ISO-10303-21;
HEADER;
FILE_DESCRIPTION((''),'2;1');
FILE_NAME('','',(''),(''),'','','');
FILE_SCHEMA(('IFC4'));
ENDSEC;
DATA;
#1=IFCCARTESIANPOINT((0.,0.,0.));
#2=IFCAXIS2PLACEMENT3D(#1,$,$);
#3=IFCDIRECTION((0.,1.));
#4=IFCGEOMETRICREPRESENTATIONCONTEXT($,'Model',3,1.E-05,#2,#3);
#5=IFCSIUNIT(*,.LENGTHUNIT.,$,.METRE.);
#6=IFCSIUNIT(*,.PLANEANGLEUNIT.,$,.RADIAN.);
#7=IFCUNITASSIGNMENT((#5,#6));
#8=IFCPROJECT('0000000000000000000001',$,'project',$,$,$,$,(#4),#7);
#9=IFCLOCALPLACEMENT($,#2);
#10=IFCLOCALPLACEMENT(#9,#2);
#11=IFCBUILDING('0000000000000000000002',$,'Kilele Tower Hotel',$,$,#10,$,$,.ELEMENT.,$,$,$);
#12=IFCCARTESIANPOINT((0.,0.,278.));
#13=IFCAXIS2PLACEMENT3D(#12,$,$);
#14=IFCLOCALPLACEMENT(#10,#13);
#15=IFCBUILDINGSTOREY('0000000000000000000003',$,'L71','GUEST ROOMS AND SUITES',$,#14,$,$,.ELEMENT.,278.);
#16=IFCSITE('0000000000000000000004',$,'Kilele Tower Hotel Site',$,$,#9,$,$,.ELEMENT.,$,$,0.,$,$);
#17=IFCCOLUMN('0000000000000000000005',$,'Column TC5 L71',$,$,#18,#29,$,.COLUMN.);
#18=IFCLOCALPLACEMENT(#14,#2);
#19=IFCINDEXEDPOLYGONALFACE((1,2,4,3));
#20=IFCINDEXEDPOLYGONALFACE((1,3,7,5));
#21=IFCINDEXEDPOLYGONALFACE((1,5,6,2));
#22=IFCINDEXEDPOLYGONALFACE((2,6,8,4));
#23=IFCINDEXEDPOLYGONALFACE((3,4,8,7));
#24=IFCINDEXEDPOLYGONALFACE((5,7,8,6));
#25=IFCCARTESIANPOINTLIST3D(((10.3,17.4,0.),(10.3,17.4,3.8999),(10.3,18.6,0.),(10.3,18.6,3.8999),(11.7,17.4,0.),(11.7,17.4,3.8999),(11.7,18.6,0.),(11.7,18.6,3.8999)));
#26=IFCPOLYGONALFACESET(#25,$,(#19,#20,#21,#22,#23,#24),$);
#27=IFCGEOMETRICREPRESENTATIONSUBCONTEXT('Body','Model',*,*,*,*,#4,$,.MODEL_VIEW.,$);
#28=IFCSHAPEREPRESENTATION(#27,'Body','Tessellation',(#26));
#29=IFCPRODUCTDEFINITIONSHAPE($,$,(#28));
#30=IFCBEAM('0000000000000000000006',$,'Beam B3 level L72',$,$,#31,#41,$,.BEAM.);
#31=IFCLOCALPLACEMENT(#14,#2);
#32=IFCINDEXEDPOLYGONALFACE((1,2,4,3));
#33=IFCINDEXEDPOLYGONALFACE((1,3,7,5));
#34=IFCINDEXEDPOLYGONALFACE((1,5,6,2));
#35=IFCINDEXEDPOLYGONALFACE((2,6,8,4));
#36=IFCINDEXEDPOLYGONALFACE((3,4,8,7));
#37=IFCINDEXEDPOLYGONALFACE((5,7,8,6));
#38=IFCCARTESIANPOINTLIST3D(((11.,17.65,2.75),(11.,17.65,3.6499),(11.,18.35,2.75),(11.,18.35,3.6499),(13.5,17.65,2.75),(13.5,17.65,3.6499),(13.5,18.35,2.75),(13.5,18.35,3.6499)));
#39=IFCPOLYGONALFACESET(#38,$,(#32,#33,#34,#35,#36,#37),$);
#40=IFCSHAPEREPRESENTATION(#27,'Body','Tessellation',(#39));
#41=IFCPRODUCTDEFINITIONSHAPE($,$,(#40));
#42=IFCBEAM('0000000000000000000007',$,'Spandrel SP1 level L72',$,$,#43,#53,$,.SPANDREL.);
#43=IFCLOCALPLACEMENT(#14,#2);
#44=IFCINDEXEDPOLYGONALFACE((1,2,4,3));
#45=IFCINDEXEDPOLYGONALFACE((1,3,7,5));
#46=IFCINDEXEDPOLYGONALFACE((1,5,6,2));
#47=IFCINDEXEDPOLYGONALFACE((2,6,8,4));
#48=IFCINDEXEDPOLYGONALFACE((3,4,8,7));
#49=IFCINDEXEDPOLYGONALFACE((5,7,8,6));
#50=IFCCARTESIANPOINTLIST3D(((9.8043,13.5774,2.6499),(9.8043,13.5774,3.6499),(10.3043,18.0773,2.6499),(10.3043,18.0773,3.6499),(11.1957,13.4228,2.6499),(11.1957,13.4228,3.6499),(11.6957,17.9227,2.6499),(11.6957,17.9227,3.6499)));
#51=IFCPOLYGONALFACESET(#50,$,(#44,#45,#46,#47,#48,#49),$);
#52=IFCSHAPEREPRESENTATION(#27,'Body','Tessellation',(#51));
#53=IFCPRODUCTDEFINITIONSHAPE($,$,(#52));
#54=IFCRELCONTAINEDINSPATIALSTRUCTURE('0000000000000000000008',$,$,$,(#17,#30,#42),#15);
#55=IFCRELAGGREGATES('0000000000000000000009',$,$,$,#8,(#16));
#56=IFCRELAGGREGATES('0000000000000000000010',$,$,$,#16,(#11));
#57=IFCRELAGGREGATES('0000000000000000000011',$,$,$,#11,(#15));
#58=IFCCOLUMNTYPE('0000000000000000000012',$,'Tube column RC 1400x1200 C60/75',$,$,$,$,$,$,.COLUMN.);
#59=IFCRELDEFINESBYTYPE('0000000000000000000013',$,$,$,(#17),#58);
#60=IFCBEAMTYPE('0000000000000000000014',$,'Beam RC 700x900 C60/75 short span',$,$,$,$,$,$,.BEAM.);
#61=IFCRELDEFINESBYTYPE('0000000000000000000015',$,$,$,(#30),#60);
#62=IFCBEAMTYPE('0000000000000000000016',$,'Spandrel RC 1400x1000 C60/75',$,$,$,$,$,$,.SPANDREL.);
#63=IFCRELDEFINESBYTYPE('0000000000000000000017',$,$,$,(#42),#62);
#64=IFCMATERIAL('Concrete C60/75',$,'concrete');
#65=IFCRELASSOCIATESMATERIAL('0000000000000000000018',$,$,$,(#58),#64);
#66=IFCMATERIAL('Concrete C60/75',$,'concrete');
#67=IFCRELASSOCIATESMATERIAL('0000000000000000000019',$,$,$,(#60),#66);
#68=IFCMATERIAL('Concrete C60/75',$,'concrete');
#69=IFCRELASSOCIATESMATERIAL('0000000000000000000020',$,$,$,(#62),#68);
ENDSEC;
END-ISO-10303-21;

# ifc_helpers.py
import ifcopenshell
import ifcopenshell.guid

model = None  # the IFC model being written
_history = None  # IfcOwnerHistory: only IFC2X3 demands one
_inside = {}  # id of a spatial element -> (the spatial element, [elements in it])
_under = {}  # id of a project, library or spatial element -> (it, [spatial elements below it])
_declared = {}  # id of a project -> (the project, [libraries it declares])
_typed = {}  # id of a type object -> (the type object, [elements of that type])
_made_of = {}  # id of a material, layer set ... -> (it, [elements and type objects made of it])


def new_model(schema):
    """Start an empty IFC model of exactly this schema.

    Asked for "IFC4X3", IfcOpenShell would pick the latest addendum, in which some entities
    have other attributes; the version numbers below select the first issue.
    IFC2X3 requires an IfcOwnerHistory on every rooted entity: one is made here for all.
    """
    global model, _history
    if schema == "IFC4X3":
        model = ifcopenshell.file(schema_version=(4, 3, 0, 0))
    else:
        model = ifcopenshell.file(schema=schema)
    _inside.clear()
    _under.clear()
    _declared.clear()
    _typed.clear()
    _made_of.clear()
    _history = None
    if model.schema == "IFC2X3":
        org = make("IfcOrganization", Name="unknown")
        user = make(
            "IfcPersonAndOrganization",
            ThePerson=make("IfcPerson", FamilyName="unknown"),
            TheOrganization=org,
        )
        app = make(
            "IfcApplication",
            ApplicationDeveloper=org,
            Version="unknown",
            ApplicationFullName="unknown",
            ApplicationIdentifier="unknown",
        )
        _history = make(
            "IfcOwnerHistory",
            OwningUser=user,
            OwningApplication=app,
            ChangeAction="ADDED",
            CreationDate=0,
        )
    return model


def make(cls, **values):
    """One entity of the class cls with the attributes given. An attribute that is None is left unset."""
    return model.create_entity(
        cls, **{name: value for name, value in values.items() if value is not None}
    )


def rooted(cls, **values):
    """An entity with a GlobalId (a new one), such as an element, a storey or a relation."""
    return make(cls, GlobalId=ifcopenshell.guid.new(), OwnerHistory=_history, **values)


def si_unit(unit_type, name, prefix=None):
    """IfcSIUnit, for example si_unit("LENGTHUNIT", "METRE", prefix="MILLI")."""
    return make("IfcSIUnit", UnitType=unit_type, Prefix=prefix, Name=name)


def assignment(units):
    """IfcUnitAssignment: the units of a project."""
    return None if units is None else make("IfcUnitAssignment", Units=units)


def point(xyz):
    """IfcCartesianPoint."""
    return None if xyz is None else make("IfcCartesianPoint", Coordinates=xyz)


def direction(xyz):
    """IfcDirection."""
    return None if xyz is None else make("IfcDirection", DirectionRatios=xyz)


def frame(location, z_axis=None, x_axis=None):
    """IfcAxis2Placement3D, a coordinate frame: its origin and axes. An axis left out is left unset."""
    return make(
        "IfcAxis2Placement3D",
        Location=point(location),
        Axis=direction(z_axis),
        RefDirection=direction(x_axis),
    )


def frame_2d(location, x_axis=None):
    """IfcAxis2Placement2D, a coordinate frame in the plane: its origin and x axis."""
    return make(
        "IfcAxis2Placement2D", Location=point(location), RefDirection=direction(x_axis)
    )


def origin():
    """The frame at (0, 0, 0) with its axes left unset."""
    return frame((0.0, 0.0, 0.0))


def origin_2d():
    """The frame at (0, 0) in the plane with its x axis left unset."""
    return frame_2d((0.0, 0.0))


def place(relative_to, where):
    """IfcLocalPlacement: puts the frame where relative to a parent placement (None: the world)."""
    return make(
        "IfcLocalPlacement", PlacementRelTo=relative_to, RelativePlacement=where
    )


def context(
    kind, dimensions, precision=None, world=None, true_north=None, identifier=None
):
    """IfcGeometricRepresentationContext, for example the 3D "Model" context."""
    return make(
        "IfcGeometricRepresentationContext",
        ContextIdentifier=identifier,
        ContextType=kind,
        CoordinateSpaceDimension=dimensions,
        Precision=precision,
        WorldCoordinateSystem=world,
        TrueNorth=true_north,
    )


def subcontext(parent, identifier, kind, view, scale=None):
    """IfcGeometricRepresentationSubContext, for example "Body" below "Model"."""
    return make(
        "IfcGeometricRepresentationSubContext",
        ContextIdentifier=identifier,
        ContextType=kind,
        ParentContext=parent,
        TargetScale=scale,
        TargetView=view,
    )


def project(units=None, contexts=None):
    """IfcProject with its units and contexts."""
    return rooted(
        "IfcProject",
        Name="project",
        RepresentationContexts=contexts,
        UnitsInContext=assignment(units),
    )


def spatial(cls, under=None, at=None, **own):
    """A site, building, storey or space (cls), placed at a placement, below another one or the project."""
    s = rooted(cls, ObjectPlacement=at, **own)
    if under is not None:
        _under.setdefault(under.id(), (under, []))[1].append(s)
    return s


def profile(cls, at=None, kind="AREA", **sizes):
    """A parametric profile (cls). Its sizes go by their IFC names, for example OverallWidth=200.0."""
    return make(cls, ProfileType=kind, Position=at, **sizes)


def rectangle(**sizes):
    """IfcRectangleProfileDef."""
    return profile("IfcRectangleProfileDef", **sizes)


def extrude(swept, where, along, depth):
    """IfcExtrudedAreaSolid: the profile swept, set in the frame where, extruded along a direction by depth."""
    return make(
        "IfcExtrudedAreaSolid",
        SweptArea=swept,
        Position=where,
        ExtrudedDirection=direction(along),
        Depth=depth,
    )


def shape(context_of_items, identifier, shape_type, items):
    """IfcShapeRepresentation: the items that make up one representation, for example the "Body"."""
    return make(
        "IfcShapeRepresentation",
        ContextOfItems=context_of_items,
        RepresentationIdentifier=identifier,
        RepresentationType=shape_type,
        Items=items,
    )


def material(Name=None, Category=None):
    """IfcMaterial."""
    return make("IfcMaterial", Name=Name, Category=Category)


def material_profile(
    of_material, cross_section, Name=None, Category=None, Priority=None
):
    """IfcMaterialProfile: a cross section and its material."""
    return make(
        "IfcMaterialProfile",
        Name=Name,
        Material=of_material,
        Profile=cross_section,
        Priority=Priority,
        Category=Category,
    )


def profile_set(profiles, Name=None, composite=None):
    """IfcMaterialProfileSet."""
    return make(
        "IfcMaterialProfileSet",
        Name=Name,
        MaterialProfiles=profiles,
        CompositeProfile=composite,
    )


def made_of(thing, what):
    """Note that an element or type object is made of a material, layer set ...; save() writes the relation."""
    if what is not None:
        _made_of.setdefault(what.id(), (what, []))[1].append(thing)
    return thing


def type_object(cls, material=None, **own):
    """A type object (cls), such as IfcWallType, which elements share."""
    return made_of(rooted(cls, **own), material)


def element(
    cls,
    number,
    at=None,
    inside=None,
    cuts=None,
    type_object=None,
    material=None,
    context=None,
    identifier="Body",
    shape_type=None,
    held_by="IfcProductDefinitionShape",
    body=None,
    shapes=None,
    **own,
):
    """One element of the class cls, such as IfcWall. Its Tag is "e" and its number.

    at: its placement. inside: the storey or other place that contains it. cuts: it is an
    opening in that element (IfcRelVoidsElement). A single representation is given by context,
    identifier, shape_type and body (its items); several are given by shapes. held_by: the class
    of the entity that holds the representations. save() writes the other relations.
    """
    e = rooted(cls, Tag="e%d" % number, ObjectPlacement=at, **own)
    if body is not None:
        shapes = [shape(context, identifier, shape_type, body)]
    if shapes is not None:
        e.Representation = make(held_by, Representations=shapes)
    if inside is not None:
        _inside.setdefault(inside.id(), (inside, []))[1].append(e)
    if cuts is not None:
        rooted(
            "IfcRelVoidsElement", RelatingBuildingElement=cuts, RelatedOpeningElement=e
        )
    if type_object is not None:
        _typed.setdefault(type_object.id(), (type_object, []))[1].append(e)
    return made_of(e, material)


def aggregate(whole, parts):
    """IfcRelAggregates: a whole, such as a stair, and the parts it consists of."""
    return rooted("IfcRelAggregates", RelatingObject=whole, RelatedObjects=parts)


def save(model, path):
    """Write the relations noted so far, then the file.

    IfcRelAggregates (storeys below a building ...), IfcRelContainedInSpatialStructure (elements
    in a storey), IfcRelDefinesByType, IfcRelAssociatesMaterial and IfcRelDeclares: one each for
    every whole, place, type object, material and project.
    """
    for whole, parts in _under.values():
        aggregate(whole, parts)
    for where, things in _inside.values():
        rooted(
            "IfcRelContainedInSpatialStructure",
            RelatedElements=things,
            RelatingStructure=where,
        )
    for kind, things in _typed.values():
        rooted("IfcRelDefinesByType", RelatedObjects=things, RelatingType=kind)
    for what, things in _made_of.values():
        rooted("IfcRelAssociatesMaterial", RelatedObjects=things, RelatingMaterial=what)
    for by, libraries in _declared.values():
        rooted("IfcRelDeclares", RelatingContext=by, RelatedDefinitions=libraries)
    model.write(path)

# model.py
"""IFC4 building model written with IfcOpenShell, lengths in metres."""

from ifc_helpers import new_model, si_unit, direction, frame, origin, origin_2d, place, context, subcontext, project, spatial, rectangle, extrude, material, material_profile, profile_set, type_object, element, save


model = new_model("IFC4")

# Units and contexts
model_context = context("Model", 3, precision=1e-05, world=origin(), true_north=direction((0.0, 1.0)))
body_context = subcontext(model_context, "Body", "Model", "MODEL_VIEW")
ifc_project = project(units=[si_unit("LENGTHUNIT", "METRE"), si_unit("PLANEANGLEUNIT", "RADIAN")], contexts=[model_context])

# Site, building, storey
site_placement = place(None, origin())
site = spatial("IfcSite", under=ifc_project, at=site_placement, Name="Kilele Tower Hotel Site", CompositionType="ELEMENT", RefElevation=0.0)
building_placement = place(site_placement, origin())
building = spatial("IfcBuilding", under=site, at=building_placement, Name="Kilele Tower Hotel", CompositionType="ELEMENT")
storey_placement = place(building_placement, frame((0.0, 0.0, 278.0)))
storey = spatial("IfcBuildingStorey", under=building, at=storey_placement, Name="L71", Description="GUEST ROOMS AND SUITES", CompositionType="ELEMENT", Elevation=278.0)

# Column
ifc_material_1 = material(Name="Concrete C60/75", Category="concrete")
ifc_material_profile_1 = material_profile(ifc_material_1, rectangle(XDim=1.3999, YDim=1.2, at=origin_2d()))
ifc_profile_set_1 = profile_set([ifc_material_profile_1], Name="Concrete C60/75")
column_type = type_object("IfcColumnType", Name="Tube column RC 1400x1200 C60/75", PredefinedType="COLUMN", material=ifc_profile_set_1)
column_placement = place(storey_placement, frame((11.0, 18.0, 0.0), z_axis=(0.0, 0.0, 1.0), x_axis=(1.0, 0.0, 0.0)))
element("IfcColumn", 1, at=column_placement, inside=storey, type_object=column_type, Name="Column TC5 L71", PredefinedType="COLUMN", context=body_context, shape_type="SweptSolid", body=[
    extrude(rectangle(XDim=1.3999, YDim=1.2, at=origin_2d()), origin(), (0.0, 0.0, 1.0), 3.8999),
])

# Beams
ifc_material_2 = material(Name="Concrete C60/75", Category="concrete")
ifc_material_profile_2 = material_profile(ifc_material_2, rectangle(XDim=0.7, YDim=0.8999, at=origin_2d()))
ifc_profile_set_2 = profile_set([ifc_material_profile_2], Name="Concrete C60/75")
beam_type_1 = type_object("IfcBeamType", Name="Beam RC 700x900 C60/75 short span", PredefinedType="BEAM", material=ifc_profile_set_2)
beam_1_placement = place(storey_placement, frame((11.0, 18.0, 3.2), z_axis=(1.0, 0.0, 0.0), x_axis=(0.0, 1.0, 0.0)))
element("IfcBeam", 2, at=beam_1_placement, inside=storey, type_object=beam_type_1, Name="Beam B3 level L72", PredefinedType="BEAM", context=body_context, shape_type="SweptSolid", body=[
    extrude(rectangle(XDim=0.7, YDim=0.8999, at=origin_2d()), origin(), (0.0, 0.0, 1.0), 2.5),
])
ifc_material_3 = material(Name="Concrete C60/75", Category="concrete")
ifc_material_profile_3 = material_profile(ifc_material_3, rectangle(XDim=1.3999, YDim=1.0, at=origin_2d()))
ifc_profile_set_3 = profile_set([ifc_material_profile_3], Name="Concrete C60/75")
beam_type_2 = type_object("IfcBeamType", Name="Spandrel RC 1400x1000 C60/75", PredefinedType="SPANDREL", material=ifc_profile_set_3)
beam_2_placement = place(storey_placement, frame((11.0, 18.0, 3.1499), z_axis=(-0.110432, -0.993884, 0.0), x_axis=(0.993884, -0.110432, 0.0)))
element("IfcBeam", 3, at=beam_2_placement, inside=storey, type_object=beam_type_2, Name="Spandrel SP1 level L72", PredefinedType="SPANDREL", context=body_context, shape_type="SweptSolid", body=[
    extrude(rectangle(XDim=1.3999, YDim=1.0, at=origin_2d()), origin(), (0.0, 0.0, 1.0), 4.5276),
])

save(model, "model.ifc")
